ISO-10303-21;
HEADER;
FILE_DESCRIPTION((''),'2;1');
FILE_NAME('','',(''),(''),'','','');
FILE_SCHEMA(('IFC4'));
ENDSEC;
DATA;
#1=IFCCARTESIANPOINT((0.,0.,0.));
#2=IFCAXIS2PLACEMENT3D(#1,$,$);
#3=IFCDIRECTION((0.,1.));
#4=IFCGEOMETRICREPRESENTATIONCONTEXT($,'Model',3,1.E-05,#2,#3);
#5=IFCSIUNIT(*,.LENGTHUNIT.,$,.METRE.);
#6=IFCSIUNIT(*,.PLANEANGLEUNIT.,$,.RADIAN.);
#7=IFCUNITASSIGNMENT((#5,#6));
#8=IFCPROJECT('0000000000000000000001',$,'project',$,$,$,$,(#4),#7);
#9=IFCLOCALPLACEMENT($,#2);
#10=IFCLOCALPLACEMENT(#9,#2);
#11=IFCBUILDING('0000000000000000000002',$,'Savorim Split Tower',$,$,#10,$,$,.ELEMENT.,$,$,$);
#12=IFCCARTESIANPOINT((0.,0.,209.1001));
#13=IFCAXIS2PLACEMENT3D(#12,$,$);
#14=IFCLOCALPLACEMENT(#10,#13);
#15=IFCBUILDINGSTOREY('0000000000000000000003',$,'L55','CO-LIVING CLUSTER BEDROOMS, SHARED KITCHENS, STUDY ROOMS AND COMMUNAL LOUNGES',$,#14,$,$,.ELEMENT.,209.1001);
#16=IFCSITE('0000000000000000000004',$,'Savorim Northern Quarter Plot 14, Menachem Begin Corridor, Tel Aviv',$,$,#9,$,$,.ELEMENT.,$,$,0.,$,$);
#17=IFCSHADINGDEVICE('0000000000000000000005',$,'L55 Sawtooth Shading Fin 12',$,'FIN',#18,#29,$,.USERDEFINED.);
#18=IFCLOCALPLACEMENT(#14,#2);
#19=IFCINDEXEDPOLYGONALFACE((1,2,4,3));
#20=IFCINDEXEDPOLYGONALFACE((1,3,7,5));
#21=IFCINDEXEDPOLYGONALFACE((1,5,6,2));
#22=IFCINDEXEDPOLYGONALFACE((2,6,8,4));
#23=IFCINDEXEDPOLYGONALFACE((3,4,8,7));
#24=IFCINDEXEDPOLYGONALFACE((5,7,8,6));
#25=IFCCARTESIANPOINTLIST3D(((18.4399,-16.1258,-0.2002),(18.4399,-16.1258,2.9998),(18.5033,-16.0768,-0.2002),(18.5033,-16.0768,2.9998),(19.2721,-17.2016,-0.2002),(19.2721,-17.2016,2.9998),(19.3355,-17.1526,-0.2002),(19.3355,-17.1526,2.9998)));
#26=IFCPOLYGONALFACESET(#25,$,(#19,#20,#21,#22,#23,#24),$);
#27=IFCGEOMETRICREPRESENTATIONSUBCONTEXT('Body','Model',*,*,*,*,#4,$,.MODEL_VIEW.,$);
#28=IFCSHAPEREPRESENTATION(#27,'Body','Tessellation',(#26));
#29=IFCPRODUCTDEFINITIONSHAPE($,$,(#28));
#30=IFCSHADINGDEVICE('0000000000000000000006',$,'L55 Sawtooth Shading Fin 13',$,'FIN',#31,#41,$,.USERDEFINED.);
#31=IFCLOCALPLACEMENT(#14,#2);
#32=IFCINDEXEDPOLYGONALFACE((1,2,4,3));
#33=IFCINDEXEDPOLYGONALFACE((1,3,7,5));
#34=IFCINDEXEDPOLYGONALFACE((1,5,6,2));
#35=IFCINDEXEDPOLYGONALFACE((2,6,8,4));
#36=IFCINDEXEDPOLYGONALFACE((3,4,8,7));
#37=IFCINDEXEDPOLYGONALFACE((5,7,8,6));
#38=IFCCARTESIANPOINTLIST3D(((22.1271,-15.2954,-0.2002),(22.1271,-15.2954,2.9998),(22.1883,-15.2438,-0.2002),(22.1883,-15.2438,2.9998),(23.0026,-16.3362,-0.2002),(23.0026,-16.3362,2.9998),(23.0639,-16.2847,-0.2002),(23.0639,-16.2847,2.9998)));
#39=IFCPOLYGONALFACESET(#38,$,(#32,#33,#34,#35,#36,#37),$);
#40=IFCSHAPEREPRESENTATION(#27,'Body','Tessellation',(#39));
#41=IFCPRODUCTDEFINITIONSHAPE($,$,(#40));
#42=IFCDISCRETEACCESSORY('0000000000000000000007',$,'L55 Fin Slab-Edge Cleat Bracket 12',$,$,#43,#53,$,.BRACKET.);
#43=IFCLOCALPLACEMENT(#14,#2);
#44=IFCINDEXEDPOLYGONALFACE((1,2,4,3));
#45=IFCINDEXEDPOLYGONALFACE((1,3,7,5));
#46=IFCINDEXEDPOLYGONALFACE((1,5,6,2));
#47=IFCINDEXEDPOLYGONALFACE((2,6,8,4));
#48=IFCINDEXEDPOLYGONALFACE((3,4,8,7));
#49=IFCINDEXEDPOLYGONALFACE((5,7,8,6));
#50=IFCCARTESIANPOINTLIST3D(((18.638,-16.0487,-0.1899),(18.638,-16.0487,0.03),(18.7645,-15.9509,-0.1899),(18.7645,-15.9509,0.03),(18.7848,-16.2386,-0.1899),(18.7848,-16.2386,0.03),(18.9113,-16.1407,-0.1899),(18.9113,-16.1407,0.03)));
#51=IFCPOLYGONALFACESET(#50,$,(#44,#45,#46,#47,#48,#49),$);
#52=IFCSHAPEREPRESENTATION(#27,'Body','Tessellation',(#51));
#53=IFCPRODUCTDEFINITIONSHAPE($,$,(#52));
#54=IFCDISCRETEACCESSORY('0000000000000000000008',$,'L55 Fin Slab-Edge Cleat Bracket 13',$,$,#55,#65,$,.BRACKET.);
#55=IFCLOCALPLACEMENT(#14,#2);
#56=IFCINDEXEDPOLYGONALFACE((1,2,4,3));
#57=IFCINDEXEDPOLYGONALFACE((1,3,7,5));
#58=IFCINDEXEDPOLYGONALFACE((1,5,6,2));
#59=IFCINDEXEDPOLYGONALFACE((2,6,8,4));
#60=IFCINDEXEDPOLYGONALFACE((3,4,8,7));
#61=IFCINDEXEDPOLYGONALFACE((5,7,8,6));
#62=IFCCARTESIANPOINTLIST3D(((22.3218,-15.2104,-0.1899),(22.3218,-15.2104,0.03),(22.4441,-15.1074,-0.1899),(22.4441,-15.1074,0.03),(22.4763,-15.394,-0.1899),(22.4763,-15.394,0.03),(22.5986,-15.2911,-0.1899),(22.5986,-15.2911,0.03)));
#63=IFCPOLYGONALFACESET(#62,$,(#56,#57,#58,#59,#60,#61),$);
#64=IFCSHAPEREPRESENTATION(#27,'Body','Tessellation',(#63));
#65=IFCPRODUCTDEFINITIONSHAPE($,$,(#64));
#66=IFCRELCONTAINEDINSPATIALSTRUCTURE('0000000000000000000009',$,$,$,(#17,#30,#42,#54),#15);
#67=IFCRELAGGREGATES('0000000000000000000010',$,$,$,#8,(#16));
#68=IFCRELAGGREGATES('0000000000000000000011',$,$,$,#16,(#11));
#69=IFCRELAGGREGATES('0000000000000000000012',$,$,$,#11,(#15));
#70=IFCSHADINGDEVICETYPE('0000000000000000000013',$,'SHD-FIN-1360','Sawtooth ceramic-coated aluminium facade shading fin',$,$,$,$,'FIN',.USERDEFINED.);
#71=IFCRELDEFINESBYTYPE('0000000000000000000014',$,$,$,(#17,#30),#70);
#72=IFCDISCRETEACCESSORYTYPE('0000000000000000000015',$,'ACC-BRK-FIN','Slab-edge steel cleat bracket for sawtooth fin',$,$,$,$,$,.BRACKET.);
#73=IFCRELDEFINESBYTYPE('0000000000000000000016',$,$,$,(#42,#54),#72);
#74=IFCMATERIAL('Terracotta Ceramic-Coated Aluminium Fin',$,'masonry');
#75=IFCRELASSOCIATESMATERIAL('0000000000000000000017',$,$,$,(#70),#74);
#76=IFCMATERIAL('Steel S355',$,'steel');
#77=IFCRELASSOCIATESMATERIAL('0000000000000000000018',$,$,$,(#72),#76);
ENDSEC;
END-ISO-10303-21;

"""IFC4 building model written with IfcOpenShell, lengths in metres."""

from ifc_helpers import new_model, si_unit, direction, frame, origin, origin_2d, place, context, subcontext, project, spatial, rectangle, extrude, material, type_object, element, save


model = new_model("IFC4")

# Units and contexts
model_context = context("Model", 3, precision=1e-05, world=origin(), true_north=direction((0.0, 1.0)))
body_context = subcontext(model_context, "Body", "Model", "MODEL_VIEW")
ifc_project = project(units=[si_unit("LENGTHUNIT", "METRE"), si_unit("PLANEANGLEUNIT", "RADIAN")], contexts=[model_context])

# Site, building, storey
site_placement = place(None, origin())
site = spatial("IfcSite", under=ifc_project, at=site_placement, Name="Savorim Northern Quarter Plot 14, Menachem Begin Corridor, Tel Aviv", CompositionType="ELEMENT", RefElevation=0.0)
building_placement = place(site_placement, origin())
building = spatial("IfcBuilding", under=site, at=building_placement, Name="Savorim Split Tower", CompositionType="ELEMENT")
storey_placement = place(building_placement, frame((0.0, 0.0, 209.1001)))
storey = spatial("IfcBuildingStorey", under=building, at=storey_placement, Name="L55", Description="CO-LIVING CLUSTER BEDROOMS, SHARED KITCHENS, STUDY ROOMS AND COMMUNAL LOUNGES", CompositionType="ELEMENT", Elevation=209.1001)

# Shared definitions
ifc_material_1 = material(Name="Steel S355", Category="steel")

# Shading devices
ifc_material_2 = material(Name="Terracotta Ceramic-Coated Aluminium Fin", Category="masonry")
shading_device_type = type_object("IfcShadingDeviceType", Name="SHD-FIN-1360", Description="Sawtooth ceramic-coated aluminium facade shading fin", ElementType="FIN", PredefinedType="USERDEFINED", material=ifc_material_2)
for number, where, z_axis, x_axis, name in (
    (1, (18.8877, -16.6392, -0.2002), (0.0, 0.0, 1.0), (0.611868, -0.79096, 0.0), "L55 Sawtooth Shading Fin 12"),
    (2, (22.5955, -15.79, -0.2002), (0.0, 0.0, 1.0), (0.643719, -0.765262, 0.0), "L55 Sawtooth Shading Fin 13"),
):
    element("IfcShadingDevice", number, at=place(storey_placement, frame(where, z_axis=z_axis, x_axis=x_axis)), inside=storey, type_object=shading_device_type, Name=name, ObjectType="FIN", PredefinedType="USERDEFINED", context=body_context, shape_type="SweptSolid", body=[
        extrude(rectangle(XDim=1.3601, YDim=0.0801, at=origin_2d()), origin(), (0.0, 0.0, 1.0), 3.2),
    ])

# Discrete accessories
discrete_accessory_type = type_object("IfcDiscreteAccessoryType", Name="ACC-BRK-FIN", Description="Slab-edge steel cleat bracket for sawtooth fin", PredefinedType="BRACKET", material=ifc_material_1)
for number, where, z_axis, x_axis, name in (
    (3, (18.7747, -16.0947, -0.1899), (0.0, 0.0, 1.0), (0.611868, -0.79096, 0.0), "L55 Fin Slab-Edge Cleat Bracket 12"),
    (4, (22.4602, -15.2507, -0.1899), (0.0, 0.0, 1.0), (0.643719, -0.765262, 0.0), "L55 Fin Slab-Edge Cleat Bracket 13"),
):
    element("IfcDiscreteAccessory", number, at=place(storey_placement, frame(where, z_axis=z_axis, x_axis=x_axis)), inside=storey, type_object=discrete_accessory_type, Name=name, PredefinedType="BRACKET", context=body_context, shape_type="SweptSolid", body=[
        extrude(rectangle(XDim=0.24, YDim=0.1599, at=origin_2d()), origin(), (0.0, 0.0, 1.0), 0.22),
    ])

save(model, "model.ifc")
